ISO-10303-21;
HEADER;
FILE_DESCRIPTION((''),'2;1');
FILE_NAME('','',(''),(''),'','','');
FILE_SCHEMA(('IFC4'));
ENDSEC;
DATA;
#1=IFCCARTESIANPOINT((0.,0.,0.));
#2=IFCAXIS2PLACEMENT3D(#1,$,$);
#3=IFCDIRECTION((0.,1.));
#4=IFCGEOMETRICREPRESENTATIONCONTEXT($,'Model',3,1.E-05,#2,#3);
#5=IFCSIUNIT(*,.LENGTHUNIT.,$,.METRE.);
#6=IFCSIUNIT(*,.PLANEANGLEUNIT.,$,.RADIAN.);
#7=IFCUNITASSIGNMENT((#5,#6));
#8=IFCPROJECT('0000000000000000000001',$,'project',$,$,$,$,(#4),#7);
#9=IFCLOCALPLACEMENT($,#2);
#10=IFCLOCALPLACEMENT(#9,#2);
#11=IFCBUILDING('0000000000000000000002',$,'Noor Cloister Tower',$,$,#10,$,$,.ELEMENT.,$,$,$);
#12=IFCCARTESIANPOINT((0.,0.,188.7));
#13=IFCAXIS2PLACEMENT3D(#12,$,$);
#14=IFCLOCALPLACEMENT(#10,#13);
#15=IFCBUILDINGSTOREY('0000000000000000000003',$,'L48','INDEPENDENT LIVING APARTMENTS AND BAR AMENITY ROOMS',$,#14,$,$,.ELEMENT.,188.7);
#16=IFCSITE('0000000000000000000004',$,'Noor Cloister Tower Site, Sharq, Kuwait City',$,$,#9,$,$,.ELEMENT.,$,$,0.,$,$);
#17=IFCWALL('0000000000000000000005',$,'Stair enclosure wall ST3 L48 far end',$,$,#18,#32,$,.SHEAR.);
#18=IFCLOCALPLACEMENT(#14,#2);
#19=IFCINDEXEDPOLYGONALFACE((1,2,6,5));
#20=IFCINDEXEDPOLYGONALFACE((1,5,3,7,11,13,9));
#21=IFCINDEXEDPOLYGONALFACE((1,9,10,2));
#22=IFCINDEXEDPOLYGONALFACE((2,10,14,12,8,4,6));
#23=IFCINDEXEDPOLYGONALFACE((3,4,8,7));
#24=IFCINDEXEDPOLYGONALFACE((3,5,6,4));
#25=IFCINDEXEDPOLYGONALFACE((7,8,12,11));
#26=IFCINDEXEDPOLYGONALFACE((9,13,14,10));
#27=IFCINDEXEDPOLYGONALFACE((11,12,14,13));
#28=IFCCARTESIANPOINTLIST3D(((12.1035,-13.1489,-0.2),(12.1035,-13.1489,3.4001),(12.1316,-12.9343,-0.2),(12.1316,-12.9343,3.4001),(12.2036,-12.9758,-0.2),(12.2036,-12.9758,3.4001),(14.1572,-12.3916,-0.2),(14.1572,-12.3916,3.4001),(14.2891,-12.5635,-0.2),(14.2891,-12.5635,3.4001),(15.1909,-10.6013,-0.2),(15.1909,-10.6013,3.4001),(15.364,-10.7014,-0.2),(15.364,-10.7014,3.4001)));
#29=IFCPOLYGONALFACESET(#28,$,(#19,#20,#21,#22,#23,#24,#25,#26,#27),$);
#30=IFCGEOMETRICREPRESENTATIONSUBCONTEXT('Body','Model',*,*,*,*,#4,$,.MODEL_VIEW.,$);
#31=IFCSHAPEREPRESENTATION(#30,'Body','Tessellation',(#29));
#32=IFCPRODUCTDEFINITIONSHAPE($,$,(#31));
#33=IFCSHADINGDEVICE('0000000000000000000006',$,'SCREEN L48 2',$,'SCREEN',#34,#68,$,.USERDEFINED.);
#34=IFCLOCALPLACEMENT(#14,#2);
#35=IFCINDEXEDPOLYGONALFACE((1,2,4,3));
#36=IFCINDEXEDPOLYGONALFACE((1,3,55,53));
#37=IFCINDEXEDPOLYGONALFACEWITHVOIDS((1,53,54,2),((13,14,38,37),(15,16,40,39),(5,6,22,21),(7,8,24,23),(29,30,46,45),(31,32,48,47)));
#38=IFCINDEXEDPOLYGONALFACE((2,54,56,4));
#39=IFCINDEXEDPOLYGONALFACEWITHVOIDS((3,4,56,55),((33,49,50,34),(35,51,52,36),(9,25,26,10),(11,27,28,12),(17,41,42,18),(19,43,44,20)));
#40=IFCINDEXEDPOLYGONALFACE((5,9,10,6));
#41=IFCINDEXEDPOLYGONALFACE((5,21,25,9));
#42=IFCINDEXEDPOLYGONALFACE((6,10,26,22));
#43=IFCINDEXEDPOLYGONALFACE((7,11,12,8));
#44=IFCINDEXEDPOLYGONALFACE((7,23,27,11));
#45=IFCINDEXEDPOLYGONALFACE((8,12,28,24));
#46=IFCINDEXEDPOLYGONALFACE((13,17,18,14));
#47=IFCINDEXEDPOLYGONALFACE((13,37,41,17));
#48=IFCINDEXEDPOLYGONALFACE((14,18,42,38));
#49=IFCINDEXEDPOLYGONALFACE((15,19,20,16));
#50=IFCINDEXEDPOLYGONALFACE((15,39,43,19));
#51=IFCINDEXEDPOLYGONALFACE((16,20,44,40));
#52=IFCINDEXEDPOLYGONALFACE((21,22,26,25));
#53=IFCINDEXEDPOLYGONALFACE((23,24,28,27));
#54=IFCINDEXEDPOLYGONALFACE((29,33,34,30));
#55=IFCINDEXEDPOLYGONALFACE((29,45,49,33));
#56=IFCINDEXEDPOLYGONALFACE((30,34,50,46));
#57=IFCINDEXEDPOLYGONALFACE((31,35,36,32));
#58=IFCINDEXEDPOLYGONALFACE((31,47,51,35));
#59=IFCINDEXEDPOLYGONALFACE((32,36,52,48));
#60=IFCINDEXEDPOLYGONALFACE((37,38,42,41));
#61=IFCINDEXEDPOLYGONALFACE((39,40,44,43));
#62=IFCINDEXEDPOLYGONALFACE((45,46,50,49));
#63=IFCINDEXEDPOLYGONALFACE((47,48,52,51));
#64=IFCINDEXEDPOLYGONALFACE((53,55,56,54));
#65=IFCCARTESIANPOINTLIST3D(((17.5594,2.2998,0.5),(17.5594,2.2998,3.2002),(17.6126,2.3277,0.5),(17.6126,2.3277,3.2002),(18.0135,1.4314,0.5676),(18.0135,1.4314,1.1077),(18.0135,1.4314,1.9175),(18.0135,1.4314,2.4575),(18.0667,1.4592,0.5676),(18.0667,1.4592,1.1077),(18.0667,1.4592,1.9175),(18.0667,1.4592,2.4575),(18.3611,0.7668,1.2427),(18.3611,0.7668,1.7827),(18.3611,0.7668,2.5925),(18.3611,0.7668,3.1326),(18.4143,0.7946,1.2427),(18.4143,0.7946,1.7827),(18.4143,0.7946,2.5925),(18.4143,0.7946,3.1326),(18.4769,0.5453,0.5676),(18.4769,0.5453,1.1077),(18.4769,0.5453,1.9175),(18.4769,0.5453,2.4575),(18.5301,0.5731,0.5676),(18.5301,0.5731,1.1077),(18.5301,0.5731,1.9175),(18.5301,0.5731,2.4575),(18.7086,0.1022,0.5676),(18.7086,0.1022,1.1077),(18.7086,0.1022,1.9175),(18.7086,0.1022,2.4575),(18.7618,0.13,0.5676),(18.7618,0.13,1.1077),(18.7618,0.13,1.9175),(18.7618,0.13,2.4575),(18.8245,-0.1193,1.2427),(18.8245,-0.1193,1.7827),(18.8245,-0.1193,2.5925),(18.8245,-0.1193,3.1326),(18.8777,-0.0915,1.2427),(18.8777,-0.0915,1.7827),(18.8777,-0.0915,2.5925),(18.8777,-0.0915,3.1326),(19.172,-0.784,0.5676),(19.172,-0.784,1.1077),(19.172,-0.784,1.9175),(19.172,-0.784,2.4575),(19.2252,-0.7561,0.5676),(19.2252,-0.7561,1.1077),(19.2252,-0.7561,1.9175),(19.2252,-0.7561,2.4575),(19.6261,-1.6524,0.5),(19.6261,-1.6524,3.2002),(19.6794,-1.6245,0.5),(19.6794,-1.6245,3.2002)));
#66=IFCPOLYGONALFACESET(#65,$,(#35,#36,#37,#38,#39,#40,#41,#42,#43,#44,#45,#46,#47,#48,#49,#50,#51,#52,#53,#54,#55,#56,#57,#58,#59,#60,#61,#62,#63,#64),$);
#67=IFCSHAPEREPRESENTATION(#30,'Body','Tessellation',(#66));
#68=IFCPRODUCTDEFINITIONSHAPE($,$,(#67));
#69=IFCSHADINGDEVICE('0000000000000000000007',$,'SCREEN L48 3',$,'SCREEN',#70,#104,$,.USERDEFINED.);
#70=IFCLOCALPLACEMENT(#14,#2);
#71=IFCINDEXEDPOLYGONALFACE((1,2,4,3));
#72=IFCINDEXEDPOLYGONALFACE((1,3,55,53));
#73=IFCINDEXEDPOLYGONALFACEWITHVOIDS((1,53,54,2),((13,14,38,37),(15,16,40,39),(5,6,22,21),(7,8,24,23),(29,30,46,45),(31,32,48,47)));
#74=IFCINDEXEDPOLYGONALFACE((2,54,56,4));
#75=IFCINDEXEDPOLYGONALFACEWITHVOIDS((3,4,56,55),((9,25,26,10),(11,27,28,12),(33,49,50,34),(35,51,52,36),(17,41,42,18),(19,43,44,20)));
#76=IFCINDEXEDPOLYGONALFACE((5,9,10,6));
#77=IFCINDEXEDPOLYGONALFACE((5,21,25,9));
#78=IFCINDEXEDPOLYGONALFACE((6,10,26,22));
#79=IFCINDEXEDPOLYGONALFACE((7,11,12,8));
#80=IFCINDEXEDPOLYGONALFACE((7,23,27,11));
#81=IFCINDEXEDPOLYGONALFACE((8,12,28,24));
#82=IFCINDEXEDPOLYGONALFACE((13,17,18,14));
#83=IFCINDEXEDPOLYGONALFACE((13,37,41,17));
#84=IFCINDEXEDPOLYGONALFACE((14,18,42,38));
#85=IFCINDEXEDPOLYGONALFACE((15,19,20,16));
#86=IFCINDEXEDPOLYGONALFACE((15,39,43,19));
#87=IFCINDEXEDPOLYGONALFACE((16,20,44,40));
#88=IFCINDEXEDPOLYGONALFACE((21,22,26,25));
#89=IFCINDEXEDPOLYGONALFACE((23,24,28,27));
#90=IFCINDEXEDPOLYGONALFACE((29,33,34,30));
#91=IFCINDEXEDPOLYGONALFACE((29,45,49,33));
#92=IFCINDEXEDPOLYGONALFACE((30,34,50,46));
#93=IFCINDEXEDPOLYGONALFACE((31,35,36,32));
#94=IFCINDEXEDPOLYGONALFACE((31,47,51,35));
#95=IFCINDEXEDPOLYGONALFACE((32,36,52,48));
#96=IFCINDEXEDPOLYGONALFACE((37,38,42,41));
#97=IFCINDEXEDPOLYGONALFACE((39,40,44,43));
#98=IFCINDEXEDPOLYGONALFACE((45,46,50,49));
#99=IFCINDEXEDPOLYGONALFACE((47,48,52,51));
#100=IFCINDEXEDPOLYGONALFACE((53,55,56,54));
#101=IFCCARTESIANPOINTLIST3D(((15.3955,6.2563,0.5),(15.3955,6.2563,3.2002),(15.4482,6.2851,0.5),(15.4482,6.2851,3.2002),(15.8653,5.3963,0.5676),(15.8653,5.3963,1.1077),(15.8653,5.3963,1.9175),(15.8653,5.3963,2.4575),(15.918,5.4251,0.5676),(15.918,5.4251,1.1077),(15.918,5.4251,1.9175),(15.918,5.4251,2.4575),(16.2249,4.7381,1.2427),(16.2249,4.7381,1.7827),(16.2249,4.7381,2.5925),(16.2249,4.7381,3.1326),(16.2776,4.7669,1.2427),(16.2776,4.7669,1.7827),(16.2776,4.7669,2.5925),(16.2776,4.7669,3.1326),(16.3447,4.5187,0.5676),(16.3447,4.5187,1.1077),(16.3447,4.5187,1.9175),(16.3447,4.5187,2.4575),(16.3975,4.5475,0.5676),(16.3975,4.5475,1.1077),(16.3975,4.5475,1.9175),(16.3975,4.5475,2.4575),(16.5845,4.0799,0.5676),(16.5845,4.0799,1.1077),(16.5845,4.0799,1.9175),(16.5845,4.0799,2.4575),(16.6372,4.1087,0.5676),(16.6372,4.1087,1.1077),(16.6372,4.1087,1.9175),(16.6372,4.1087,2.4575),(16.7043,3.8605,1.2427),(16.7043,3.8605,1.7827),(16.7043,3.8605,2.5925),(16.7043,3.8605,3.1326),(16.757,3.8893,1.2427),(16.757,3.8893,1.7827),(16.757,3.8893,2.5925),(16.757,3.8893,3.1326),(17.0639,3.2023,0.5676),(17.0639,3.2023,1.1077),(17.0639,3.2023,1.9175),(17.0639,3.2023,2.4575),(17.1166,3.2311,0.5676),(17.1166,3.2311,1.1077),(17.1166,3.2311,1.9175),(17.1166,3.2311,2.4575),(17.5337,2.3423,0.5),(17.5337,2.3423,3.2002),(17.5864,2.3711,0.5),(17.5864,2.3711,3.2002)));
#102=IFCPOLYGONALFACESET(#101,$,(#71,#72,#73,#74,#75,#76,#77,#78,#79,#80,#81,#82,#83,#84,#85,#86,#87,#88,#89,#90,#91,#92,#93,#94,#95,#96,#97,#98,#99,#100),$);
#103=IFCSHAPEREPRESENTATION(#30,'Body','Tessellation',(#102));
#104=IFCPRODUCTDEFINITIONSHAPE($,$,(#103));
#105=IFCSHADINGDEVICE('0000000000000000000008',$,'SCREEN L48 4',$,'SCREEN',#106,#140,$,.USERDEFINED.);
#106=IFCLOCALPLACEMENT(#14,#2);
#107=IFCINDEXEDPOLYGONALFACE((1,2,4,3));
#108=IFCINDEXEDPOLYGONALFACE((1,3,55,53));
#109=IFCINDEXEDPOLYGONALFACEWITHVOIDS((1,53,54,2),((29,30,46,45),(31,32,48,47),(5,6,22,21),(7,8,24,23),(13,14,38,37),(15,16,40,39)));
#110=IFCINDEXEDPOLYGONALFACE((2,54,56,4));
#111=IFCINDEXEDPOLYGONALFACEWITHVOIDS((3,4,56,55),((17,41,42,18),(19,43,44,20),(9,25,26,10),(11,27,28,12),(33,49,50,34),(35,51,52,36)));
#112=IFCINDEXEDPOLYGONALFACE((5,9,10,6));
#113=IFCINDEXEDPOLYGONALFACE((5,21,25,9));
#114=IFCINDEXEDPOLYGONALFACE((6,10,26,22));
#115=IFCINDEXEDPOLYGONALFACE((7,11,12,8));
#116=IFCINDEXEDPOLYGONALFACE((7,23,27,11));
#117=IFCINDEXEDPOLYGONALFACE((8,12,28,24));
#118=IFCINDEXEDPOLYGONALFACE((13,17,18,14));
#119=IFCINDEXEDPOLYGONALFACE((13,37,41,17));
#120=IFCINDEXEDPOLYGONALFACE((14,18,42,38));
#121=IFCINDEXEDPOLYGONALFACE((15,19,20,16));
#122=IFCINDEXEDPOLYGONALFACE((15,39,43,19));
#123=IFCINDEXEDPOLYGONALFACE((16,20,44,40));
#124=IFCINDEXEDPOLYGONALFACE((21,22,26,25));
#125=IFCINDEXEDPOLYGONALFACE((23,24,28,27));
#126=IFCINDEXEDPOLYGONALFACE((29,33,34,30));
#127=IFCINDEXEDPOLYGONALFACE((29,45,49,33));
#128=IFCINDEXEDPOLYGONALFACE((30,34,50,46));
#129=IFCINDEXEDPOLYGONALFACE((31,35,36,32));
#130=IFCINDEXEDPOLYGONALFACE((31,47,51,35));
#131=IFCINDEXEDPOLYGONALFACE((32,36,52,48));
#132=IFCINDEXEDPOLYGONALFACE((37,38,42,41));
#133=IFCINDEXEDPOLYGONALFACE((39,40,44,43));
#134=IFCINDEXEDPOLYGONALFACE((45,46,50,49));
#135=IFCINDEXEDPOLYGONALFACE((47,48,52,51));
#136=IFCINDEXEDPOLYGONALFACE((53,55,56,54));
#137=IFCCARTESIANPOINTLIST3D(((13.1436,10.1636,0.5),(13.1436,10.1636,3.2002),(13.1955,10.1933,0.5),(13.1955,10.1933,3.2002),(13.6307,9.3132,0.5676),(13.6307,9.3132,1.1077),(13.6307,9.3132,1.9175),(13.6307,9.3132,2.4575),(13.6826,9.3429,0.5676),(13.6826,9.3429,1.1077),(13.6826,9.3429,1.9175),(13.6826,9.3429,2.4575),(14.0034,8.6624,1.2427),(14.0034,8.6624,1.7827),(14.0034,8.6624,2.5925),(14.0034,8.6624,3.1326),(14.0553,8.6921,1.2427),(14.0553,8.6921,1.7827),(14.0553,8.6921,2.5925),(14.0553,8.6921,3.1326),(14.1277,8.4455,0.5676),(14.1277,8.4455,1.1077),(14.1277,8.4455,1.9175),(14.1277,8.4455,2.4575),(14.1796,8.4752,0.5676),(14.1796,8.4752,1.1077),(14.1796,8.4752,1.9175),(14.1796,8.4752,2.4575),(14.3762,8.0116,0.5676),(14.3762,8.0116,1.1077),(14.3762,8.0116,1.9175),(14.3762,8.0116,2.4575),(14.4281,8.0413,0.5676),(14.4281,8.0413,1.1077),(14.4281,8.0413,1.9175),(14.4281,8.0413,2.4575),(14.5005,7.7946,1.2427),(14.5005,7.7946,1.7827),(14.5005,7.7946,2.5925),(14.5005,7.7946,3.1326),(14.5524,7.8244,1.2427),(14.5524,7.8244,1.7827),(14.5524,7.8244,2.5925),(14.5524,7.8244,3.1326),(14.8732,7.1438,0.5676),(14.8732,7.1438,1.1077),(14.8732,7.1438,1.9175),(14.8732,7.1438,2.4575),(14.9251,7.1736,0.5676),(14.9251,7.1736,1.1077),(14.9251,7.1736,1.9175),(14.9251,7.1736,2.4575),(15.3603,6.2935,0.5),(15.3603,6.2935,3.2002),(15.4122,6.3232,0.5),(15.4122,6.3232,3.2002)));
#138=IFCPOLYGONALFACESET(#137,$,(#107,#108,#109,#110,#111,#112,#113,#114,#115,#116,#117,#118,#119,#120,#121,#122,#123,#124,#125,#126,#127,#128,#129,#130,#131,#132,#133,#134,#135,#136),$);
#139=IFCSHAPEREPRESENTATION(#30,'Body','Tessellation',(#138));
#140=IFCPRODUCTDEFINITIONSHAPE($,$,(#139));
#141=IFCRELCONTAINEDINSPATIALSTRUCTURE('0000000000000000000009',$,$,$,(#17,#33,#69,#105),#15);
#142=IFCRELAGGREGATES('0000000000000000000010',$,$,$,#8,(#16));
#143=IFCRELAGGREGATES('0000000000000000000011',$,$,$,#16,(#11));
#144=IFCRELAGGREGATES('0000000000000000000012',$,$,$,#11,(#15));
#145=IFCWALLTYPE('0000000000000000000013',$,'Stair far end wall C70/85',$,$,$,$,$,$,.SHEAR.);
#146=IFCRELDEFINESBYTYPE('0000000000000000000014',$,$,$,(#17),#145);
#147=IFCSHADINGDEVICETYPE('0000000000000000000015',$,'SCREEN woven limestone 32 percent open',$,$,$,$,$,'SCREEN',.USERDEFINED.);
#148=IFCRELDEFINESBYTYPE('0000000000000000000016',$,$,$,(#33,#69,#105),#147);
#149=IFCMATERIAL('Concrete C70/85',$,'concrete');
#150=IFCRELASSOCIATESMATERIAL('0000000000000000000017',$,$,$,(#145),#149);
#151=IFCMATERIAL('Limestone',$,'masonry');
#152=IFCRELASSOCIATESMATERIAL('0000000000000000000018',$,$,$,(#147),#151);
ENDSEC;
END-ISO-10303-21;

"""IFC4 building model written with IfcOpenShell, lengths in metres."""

from ifc_helpers import new_model, si_unit, direction, frame, origin, place, context, subcontext, project, spatial, polyline, outline, extrude, material, material_profile, profile_set, type_object, element, save


model = new_model("IFC4")

# Units and contexts
model_context = context("Model", 3, precision=1e-05, world=origin(), true_north=direction((0.0, 1.0)))
body_context = subcontext(model_context, "Body", "Model", "MODEL_VIEW")
ifc_project = project(units=[si_unit("LENGTHUNIT", "METRE"), si_unit("PLANEANGLEUNIT", "RADIAN")], contexts=[model_context])

# Site, building, storey
site_placement = place(None, origin())
site = spatial("IfcSite", under=ifc_project, at=site_placement, Name="Noor Cloister Tower Site, Sharq, Kuwait City", CompositionType="ELEMENT", RefElevation=0.0)
building_placement = place(site_placement, origin())
building = spatial("IfcBuilding", under=site, at=building_placement, Name="Noor Cloister Tower", CompositionType="ELEMENT")
storey_placement = place(building_placement, frame((0.0, 0.0, 188.7)))
storey = spatial("IfcBuildingStorey", under=building, at=storey_placement, Name="L48", Description="INDEPENDENT LIVING APARTMENTS AND BAR AMENITY ROOMS", CompositionType="ELEMENT", Elevation=188.7)

# Wall
ifc_material_1 = material(Name="Concrete C70/85", Category="concrete")
wall_type_1 = type_object("IfcWallType", Name="Stair far end wall C70/85", PredefinedType="SHEAR", material=ifc_material_1)
wall_1_placement = place(storey_placement, frame((0.0, 0.0, -0.2)))
element("IfcWall", 1, at=wall_1_placement, inside=storey, type_object=wall_type_1, Name="Stair enclosure wall ST3 L48 far end", PredefinedType="SHEAR", context=body_context, shape_type="SweptSolid", body=[
    extrude(outline(polyline([(12.1035, -13.1489), (14.2891, -12.5635), (15.364, -10.7014), (15.1909, -10.6013), (14.1572, -12.3916), (12.1316, -12.9343), (12.2036, -12.9758), (12.2036, -12.9758), (12.2036, -12.9758), (12.2036, -12.9758), (12.2036, -12.9758), (12.2036, -12.9758), (12.2036, -12.9758), (12.2036, -12.9758), (12.2036, -12.9758), (12.2036, -12.9758), (12.2036, -12.9758), (12.2036, -12.9758), (12.2036, -12.9758), (12.2036, -12.9758), (12.2036, -12.9758), (12.2036, -12.9758), (12.2036, -12.9758), (12.1035, -13.1489)])), origin(), (0.0, 0.0, 1.0), 3.6001),
])

# Shading devices
ifc_material_2 = material(Name="Limestone", Category="masonry")
ifc_material_profile_1 = material_profile(ifc_material_2, outline(polyline([(-2.23, -1.3501), (2.23, -1.3501), (2.23, 1.3501), (-2.23, 1.3501), (-2.23, -1.3501)]), holes=[polyline([(-1.25, -1.2825), (-0.25, -1.2825), (-0.25, -0.7424), (-1.25, -0.7424), (-1.25, -1.2825)]), polyline([(0.25, -1.2825), (1.25, -1.2825), (1.25, -0.7424), (0.25, -0.7424), (0.25, -1.2825)]), polyline([(-0.5, -0.6074), (0.5, -0.6074), (0.5, -0.0674), (-0.5, -0.0674), (-0.5, -0.6074)]), polyline([(-1.25, 0.0674), (-0.25, 0.0674), (-0.25, 0.6074), (-1.25, 0.6074), (-1.25, 0.0674)]), polyline([(0.25, 0.0674), (1.25, 0.0674), (1.25, 0.6074), (0.25, 0.6074), (0.25, 0.0674)]), polyline([(-0.5, 0.7424), (0.5, 0.7424), (0.5, 1.2825), (-0.5, 1.2825), (-0.5, 0.7424)])]), Name="Woven screen 32 percent open")
ifc_profile_set_1 = profile_set([ifc_material_profile_1], Name="Limestone")
shading_device_type = type_object("IfcShadingDeviceType", Name="SCREEN woven limestone 32 percent open", ElementType="SCREEN", PredefinedType="USERDEFINED", material=ifc_profile_set_1)
for number, where, z_axis, x_axis, name in (
    (2, (18.5928, 0.3237, 1.8501), (0.88615, 0.463399, 0.0), (-0.463399, 0.88615, 0.0), "SCREEN L48 2"),
    (3, (16.4646, 4.2993, 1.8501), (0.877585, 0.479421, 0.0), (-0.479421, 0.877585, 0.0), "SCREEN L48 3"),
):
    element("IfcShadingDevice", number, at=place(storey_placement, frame(where, z_axis=z_axis, x_axis=x_axis)), inside=storey, type_object=shading_device_type, Name=name, ObjectType="SCREEN", PredefinedType="USERDEFINED", context=body_context, shape_type="SweptSolid", body=[
        extrude(outline(polyline([(-2.23, -1.3501), (2.23, -1.3501), (2.23, 1.3501), (-2.23, 1.3501), (-2.23, -1.3501)]), holes=[polyline([(-1.25, -1.2825), (-0.25, -1.2825), (-0.25, -0.7424), (-1.25, -0.7424), (-1.25, -1.2825)]), polyline([(0.25, -1.2825), (1.25, -1.2825), (1.25, -0.7424), (0.25, -0.7424), (0.25, -1.2825)]), polyline([(-0.5, -0.6074), (0.5, -0.6074), (0.5, -0.0674), (-0.5, -0.0674), (-0.5, -0.6074)]), polyline([(-1.25, 0.0674), (-0.25, 0.0674), (-0.25, 0.6074), (-1.25, 0.6074), (-1.25, 0.0674)]), polyline([(0.25, 0.0674), (1.25, 0.0674), (1.25, 0.6074), (0.25, 0.6074), (0.25, 0.0674)]), polyline([(-0.5, 0.7424), (0.5, 0.7424), (0.5, 1.2825), (-0.5, 1.2825), (-0.5, 0.7424)])]), origin(), (0.0, 0.0, 1.0), 0.0601),
    ])
shading_device_placement = place(storey_placement, frame((14.252, 8.2285, 1.8501), z_axis=(0.867741, 0.497016, 0.0), x_axis=(-0.497016, 0.867741, 0.0)))
element("IfcShadingDevice", 4, at=shading_device_placement, inside=storey, type_object=shading_device_type, Name="SCREEN L48 4", ObjectType="SCREEN", PredefinedType="USERDEFINED", context=body_context, shape_type="SweptSolid", body=[
    extrude(outline(polyline([(-2.23, -1.3501), (2.23, -1.3501), (2.23, 1.3501), (-2.23, 1.3501), (-2.23, -1.3501)]), holes=[polyline([(-1.25, -1.2825), (-0.25, -1.2825), (-0.25, -0.7424), (-1.25, -0.7424), (-1.25, -1.2825)]), polyline([(0.25, -1.2825), (1.25, -1.2825), (1.25, -0.7424), (0.25, -0.7424), (0.25, -1.2825)]), polyline([(-0.5, -0.6074), (0.5, -0.6074), (0.5, -0.0674), (-0.5, -0.0674), (-0.5, -0.6074)]), polyline([(-1.25, 0.0674), (-0.25, 0.0674), (-0.25, 0.6074), (-1.25, 0.6074), (-1.25, 0.0674)]), polyline([(0.25, 0.0674), (1.25, 0.0674), (1.25, 0.6074), (0.25, 0.6074), (0.25, 0.0674)]), polyline([(-0.5, 0.7424), (0.5, 0.7424), (0.5, 1.2825), (-0.5, 1.2825), (-0.5, 0.7424)])]), origin(), (0.0, 0.0, 1.0), 0.0598),
])

save(model, "model.ifc")
